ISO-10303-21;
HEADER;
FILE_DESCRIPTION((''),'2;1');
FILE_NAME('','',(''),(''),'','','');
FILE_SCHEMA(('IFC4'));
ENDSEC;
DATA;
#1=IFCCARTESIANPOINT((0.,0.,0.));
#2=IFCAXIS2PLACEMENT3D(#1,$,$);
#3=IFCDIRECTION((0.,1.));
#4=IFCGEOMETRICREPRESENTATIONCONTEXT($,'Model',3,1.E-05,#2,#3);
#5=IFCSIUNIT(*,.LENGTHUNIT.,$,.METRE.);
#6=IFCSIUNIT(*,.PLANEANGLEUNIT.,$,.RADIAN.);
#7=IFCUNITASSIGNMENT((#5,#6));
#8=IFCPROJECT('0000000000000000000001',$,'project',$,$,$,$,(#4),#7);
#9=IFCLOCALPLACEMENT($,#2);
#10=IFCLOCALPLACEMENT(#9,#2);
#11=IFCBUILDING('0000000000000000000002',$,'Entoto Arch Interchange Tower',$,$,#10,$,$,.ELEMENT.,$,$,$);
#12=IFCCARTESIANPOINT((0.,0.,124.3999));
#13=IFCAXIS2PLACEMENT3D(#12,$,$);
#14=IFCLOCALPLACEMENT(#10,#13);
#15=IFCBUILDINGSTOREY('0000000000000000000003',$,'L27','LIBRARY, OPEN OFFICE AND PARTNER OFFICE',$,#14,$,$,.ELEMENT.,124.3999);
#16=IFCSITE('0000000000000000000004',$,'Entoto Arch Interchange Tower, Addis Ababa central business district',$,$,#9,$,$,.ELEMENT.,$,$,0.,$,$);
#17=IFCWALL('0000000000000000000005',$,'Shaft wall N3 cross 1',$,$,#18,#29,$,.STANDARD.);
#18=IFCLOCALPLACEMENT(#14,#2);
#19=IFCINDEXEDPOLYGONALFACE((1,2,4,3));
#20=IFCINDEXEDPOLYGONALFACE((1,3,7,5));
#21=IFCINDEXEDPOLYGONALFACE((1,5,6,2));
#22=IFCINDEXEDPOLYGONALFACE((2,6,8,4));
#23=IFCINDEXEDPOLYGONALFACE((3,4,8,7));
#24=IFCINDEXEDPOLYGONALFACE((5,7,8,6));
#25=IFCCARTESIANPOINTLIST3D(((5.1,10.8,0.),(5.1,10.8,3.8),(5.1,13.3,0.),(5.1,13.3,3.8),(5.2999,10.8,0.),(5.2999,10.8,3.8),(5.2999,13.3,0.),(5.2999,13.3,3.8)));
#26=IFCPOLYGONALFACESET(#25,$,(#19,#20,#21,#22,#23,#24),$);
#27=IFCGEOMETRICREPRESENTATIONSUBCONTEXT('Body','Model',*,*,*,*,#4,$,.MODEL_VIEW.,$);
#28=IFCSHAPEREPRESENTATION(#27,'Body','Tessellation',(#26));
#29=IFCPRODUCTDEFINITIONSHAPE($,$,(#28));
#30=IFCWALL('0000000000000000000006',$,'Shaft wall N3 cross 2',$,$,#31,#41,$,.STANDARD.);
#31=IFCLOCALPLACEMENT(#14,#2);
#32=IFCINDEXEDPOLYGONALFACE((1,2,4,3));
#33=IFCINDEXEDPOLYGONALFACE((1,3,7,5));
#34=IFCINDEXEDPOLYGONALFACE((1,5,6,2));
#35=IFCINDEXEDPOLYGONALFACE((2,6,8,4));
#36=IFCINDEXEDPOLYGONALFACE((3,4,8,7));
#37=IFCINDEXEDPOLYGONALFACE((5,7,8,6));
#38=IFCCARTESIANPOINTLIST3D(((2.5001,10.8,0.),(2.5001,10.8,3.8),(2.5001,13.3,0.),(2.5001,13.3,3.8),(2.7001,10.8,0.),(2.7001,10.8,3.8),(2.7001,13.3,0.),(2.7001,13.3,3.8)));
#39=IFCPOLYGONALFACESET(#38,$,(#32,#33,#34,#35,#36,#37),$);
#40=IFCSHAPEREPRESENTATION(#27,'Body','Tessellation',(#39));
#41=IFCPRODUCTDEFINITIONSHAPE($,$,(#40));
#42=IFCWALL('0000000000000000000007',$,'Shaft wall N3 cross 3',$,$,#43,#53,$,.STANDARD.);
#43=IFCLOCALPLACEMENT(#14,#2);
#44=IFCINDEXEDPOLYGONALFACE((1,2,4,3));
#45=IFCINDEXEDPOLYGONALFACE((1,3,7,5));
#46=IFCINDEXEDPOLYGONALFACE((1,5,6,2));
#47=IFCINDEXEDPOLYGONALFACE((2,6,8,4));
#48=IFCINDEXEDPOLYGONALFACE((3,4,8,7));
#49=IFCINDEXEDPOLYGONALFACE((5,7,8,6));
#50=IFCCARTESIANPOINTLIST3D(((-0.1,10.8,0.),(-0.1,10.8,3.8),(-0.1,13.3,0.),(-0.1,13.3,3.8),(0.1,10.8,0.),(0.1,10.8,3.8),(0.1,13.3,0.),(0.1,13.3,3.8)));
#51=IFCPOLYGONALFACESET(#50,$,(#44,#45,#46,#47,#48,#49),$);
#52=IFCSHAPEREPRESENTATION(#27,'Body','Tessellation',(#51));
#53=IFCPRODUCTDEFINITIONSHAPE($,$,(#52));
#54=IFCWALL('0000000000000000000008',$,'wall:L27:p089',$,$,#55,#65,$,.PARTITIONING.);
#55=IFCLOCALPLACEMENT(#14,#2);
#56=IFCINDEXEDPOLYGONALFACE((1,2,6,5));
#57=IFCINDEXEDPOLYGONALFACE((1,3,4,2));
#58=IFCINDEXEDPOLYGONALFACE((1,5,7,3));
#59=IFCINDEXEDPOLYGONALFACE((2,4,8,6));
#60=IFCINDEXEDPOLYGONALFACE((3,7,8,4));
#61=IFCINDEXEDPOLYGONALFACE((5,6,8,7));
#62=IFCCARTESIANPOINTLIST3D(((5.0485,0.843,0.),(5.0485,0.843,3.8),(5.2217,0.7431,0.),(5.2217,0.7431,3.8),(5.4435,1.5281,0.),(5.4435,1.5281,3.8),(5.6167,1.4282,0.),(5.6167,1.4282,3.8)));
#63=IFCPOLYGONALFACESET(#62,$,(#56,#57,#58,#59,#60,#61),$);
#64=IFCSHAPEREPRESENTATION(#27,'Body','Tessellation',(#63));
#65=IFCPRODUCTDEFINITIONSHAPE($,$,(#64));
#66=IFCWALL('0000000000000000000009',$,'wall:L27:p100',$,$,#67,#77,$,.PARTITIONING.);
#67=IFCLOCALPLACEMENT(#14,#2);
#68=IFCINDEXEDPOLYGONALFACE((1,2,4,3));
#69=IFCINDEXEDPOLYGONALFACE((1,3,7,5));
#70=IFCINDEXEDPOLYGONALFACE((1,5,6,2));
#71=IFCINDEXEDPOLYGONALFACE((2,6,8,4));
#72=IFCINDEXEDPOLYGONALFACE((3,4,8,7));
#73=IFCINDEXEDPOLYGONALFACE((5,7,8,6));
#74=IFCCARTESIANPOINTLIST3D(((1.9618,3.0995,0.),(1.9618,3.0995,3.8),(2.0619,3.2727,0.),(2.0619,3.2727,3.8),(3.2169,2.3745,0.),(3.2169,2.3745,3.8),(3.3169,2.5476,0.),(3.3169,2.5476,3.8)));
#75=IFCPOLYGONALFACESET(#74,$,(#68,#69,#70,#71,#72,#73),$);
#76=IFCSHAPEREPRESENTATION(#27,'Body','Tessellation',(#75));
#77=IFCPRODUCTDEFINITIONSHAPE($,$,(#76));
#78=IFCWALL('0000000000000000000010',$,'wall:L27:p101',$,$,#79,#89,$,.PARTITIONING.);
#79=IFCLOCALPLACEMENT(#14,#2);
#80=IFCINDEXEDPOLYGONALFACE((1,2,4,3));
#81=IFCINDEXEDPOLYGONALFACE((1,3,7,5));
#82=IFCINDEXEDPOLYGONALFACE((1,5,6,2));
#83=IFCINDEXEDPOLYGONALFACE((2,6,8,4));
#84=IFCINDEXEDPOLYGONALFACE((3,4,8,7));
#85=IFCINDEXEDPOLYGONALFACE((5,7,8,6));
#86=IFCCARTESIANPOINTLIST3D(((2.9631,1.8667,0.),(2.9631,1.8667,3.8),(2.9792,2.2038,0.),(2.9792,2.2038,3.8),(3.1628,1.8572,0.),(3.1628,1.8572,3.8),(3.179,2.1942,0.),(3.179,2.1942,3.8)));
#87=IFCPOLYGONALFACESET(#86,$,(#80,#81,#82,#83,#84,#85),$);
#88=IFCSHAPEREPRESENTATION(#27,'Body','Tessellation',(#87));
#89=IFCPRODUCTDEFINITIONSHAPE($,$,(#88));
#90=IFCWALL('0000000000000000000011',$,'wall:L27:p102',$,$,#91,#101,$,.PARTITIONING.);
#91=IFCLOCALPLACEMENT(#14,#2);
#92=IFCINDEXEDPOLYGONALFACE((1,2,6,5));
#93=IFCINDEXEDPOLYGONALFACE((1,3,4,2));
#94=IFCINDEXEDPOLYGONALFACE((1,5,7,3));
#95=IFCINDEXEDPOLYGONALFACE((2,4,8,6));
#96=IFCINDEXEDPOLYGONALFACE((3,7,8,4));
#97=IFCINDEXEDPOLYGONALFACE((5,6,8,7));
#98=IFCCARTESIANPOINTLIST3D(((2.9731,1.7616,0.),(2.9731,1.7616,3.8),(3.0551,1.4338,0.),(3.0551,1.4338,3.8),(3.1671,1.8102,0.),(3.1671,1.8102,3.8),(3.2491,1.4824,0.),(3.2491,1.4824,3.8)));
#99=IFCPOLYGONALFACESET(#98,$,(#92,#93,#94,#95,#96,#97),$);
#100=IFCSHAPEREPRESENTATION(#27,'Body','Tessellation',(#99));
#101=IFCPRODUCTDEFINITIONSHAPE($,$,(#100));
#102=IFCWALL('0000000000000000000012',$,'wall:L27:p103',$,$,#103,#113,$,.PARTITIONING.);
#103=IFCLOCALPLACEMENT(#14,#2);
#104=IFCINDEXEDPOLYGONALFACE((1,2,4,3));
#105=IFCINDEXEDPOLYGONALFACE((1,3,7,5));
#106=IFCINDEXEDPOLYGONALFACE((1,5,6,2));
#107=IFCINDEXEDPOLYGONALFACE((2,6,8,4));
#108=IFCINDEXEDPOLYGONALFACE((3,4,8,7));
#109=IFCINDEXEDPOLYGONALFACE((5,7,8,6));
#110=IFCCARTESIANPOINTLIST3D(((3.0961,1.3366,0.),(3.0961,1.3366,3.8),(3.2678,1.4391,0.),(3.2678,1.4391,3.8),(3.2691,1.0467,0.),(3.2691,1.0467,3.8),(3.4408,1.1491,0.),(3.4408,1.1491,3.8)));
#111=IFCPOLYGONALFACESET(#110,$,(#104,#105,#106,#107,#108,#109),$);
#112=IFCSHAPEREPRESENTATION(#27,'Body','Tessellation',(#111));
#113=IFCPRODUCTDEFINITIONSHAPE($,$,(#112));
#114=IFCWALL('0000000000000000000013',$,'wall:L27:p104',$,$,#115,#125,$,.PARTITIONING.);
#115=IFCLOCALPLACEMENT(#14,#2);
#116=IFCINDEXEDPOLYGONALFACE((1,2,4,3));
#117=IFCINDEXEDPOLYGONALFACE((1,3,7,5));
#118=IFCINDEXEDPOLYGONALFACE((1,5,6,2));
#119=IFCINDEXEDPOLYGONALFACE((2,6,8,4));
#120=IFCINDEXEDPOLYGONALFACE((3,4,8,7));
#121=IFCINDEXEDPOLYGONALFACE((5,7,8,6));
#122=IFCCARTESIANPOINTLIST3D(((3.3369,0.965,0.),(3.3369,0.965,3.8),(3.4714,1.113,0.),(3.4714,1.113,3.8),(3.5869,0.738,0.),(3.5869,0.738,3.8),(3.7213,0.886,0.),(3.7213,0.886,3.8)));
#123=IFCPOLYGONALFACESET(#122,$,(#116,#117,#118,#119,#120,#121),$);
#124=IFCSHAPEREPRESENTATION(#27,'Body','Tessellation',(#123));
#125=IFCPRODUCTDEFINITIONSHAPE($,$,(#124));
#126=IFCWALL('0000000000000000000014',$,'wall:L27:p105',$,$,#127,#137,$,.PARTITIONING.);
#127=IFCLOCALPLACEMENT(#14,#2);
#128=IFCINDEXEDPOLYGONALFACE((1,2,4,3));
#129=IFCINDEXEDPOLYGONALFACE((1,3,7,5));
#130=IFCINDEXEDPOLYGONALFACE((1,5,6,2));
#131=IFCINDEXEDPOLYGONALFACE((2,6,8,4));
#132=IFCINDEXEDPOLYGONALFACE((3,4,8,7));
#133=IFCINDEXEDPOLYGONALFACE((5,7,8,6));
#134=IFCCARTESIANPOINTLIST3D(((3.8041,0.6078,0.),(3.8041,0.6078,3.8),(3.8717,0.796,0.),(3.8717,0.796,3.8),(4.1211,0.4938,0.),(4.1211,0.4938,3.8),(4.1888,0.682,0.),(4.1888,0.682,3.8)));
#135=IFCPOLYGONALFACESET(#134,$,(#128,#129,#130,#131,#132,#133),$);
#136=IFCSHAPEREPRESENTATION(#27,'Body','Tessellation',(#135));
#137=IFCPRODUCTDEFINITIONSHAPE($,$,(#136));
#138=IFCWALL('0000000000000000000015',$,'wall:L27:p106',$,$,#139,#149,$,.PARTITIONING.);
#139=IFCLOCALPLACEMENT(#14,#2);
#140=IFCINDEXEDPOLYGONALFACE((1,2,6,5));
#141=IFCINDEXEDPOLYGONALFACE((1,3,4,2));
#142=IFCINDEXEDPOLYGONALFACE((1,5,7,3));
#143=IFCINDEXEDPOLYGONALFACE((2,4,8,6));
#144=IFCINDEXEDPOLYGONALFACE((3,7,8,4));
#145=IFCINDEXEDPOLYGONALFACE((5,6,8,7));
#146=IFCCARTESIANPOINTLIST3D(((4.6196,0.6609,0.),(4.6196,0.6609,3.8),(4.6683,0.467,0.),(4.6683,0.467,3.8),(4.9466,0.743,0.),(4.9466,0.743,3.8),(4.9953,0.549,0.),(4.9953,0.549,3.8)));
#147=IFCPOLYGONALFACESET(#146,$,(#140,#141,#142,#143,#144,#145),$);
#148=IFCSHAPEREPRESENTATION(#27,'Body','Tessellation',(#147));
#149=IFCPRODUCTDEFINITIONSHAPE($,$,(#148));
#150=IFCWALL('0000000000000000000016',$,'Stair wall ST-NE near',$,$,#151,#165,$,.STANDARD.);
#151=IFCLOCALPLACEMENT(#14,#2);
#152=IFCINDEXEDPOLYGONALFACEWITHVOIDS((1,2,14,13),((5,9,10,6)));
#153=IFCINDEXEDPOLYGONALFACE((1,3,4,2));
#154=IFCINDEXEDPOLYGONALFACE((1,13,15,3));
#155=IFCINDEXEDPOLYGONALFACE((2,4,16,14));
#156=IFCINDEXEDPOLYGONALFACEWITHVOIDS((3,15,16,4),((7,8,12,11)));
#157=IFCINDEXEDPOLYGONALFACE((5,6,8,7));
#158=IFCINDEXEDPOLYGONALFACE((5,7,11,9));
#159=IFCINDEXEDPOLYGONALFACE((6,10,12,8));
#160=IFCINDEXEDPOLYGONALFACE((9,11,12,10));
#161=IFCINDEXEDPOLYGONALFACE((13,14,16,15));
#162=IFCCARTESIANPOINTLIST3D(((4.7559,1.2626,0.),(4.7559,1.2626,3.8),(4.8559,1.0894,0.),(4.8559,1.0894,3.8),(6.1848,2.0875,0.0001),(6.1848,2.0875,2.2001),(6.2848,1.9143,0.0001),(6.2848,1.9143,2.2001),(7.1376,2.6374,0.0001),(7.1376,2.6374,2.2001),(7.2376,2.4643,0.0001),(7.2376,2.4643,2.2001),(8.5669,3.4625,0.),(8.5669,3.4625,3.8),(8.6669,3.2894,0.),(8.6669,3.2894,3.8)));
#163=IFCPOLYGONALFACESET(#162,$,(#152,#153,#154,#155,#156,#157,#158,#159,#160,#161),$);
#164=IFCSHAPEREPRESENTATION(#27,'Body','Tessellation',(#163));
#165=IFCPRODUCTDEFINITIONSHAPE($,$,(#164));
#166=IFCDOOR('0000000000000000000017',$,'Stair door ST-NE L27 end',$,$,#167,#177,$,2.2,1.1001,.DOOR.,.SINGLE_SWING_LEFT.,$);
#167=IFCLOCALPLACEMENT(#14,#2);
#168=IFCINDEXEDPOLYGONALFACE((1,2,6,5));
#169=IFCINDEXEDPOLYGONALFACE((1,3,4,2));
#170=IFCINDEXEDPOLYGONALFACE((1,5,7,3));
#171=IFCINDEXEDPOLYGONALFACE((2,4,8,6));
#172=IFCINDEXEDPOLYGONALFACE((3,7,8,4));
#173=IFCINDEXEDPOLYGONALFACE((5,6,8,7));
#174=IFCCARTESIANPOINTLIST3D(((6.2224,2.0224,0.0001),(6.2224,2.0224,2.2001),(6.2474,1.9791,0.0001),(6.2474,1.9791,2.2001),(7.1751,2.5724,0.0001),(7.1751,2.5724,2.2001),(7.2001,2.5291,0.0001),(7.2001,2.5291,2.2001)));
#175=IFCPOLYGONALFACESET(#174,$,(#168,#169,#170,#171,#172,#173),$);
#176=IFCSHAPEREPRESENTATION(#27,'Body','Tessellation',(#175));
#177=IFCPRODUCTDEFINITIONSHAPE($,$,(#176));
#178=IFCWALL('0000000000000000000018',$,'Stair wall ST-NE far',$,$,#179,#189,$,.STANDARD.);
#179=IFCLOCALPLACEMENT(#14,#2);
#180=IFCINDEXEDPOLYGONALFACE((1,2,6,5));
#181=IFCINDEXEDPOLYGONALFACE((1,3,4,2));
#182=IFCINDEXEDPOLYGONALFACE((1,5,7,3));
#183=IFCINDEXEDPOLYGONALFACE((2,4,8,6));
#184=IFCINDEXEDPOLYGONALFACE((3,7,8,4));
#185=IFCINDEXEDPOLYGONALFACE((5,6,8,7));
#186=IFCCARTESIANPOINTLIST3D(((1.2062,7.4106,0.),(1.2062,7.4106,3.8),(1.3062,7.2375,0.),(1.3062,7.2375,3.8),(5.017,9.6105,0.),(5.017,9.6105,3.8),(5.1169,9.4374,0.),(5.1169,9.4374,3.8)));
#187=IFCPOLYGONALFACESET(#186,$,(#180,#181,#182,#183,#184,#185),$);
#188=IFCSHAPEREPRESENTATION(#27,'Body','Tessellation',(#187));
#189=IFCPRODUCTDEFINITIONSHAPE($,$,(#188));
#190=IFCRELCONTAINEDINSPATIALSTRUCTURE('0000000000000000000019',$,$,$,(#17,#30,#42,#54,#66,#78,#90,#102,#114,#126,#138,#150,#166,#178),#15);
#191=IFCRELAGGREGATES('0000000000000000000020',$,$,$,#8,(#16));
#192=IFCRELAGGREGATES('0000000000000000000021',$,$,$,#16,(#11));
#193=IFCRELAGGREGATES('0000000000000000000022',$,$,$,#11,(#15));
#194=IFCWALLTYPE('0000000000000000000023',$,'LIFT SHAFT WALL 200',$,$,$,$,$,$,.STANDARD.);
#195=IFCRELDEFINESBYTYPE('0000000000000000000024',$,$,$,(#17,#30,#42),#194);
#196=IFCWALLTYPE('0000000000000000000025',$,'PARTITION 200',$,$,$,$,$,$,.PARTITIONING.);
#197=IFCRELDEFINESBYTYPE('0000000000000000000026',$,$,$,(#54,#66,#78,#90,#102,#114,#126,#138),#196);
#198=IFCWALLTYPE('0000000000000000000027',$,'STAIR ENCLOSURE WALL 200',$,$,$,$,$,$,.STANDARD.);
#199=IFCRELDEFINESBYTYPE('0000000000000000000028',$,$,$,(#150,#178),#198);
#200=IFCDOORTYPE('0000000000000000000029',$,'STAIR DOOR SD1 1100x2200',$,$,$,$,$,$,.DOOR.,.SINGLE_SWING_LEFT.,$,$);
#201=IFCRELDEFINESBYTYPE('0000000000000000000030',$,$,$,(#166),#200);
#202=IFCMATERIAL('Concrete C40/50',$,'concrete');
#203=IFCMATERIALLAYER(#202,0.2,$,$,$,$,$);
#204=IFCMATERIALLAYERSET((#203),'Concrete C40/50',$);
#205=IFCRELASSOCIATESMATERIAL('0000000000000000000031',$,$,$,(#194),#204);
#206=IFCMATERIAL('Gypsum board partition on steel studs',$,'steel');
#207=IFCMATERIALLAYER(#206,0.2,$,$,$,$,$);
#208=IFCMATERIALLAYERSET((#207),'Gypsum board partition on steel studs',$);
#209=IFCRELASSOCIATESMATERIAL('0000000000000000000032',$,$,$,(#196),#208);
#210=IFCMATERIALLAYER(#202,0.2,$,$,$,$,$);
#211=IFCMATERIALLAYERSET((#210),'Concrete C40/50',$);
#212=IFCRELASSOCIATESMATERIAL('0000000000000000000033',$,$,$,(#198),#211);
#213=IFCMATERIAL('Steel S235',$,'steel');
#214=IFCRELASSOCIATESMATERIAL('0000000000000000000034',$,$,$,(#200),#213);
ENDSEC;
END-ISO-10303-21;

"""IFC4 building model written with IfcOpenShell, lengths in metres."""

from ifc_helpers import new_model, si_unit, direction, frame, frame_2d, origin, place, context, subcontext, project, spatial, rectangle, extrude, material, layer, layer_set, type_object, element, fill, save


model = new_model("IFC4")

# Units and contexts
model_context = context("Model", 3, precision=1e-05, world=origin(), true_north=direction((0.0, 1.0)))
body_context = subcontext(model_context, "Body", "Model", "MODEL_VIEW")
ifc_project = project(units=[si_unit("LENGTHUNIT", "METRE"), si_unit("PLANEANGLEUNIT", "RADIAN")], contexts=[model_context])

# Site, building, storey
site_placement = place(None, origin())
site = spatial("IfcSite", under=ifc_project, at=site_placement, Name="Entoto Arch Interchange Tower, Addis Ababa central business district", CompositionType="ELEMENT", RefElevation=0.0)
building_placement = place(site_placement, origin())
building = spatial("IfcBuilding", under=site, at=building_placement, Name="Entoto Arch Interchange Tower", CompositionType="ELEMENT")
storey_placement = place(building_placement, frame((0.0, 0.0, 124.3999)))
storey = spatial("IfcBuildingStorey", under=building, at=storey_placement, Name="L27", Description="LIBRARY, OPEN OFFICE AND PARTNER OFFICE", CompositionType="ELEMENT", Elevation=124.3999)

# Shared definitions
ifc_material_1 = material(Name="Concrete C40/50", Category="concrete")

# Walls
ifc_layer_1 = layer(ifc_material_1, 0.2)
ifc_layer_set_1 = layer_set([ifc_layer_1], Name="Concrete C40/50")
wall_type_1 = type_object("IfcWallType", Name="LIFT SHAFT WALL 200", PredefinedType="STANDARD", material=ifc_layer_set_1)
for number, where, z_axis, x_axis, name in (
    (1, (5.2, 10.8, 0.0), (0.0, 0.0, 1.0), (0.0, 1.0, 0.0), "Shaft wall N3 cross 1"),
    (2, (2.6001, 10.8, 0.0), (0.0, 0.0, 1.0), (0.0, 1.0, 0.0), "Shaft wall N3 cross 2"),
    (3, (0.0, 10.8, 0.0), (0.0, 0.0, 1.0), (0.0, 1.0, 0.0), "Shaft wall N3 cross 3"),
):
    element("IfcWall", number, at=place(storey_placement, frame(where, z_axis=z_axis, x_axis=x_axis)), inside=storey, type_object=wall_type_1, Name=name, PredefinedType="STANDARD", context=body_context, shape_type="SweptSolid", body=[
        extrude(rectangle(XDim=2.5, YDim=0.2, at=frame_2d((1.25, 0.0))), origin(), (0.0, 0.0, 1.0), 3.8),
    ])
ifc_material_2 = material(Name="Gypsum board partition on steel studs", Category="steel")
ifc_layer_2 = layer(ifc_material_2, 0.2)
ifc_layer_set_2 = layer_set([ifc_layer_2], Name="Gypsum board partition on steel studs")
wall_type_2 = type_object("IfcWallType", Name="PARTITION 200", PredefinedType="PARTITIONING", material=ifc_layer_set_2)
wall_1_placement = place(storey_placement, frame((5.135, 0.793, 0.0), z_axis=(0.0, 0.0, 1.0), x_axis=(0.499526, 0.866299, 0.0)))
element("IfcWall", 4, at=wall_1_placement, inside=storey, type_object=wall_type_2, Name="wall:L27:p089", PredefinedType="PARTITIONING", context=body_context, shape_type="SweptSolid", body=[
    extrude(rectangle(XDim=0.7908, YDim=0.2, at=frame_2d((0.3955, 0.0))), origin(), (0.0, 0.0, 1.0), 3.8),
])
wall_2_placement = place(storey_placement, frame((2.012, 3.186, 0.0), z_axis=(0.0, 0.0, 1.0), x_axis=(0.865891, -0.500233, 0.0)))
element("IfcWall", 5, at=wall_2_placement, inside=storey, type_object=wall_type_2, Name="wall:L27:p100", PredefinedType="PARTITIONING", context=body_context, shape_type="SweptSolid", body=[
    extrude(rectangle(XDim=1.4495, YDim=0.2, at=frame_2d((0.7246, 0.0))), origin(), (0.0, 0.0, 1.0), 3.8),
])
wall_3_placement = place(storey_placement, frame((3.0791, 2.199, 0.0), z_axis=(0.0, 0.0, 1.0), x_axis=(-0.047771, -0.998858, 0.0)))
element("IfcWall", 6, at=wall_3_placement, inside=storey, type_object=wall_type_2, Name="wall:L27:p101", PredefinedType="PARTITIONING", context=body_context, shape_type="SweptSolid", body=[
    extrude(rectangle(XDim=0.3374, YDim=0.2, at=frame_2d((0.1687, 0.0))), origin(), (0.0, 0.0, 1.0), 3.8),
])
wall_4_placement = place(storey_placement, frame((3.0701, 1.7859, 0.0), z_axis=(0.0, 0.0, 1.0), x_axis=(0.242706, -0.9701, 0.0)))
element("IfcWall", 7, at=wall_4_placement, inside=storey, type_object=wall_type_2, Name="wall:L27:p102", PredefinedType="PARTITIONING", context=body_context, shape_type="SweptSolid", body=[
    extrude(rectangle(XDim=0.3379, YDim=0.2, at=frame_2d((0.1689, 0.0))), origin(), (0.0, 0.0, 1.0), 3.8),
])
for number, where, z_axis, x_axis, name in (
    (8, (3.1819, 1.3879, 0.0), (0.0, 0.0, 1.0), (0.512475, -0.858702, 0.0), "wall:L27:p103"),
    (9, (3.4041, 1.0391, 0.0), (0.0, 0.0, 1.0), (0.740267, -0.672313, 0.0), "wall:L27:p104"),
):
    element("IfcWall", number, at=place(storey_placement, frame(where, z_axis=z_axis, x_axis=x_axis)), inside=storey, type_object=wall_type_2, Name=name, PredefinedType="PARTITIONING", context=body_context, shape_type="SweptSolid", body=[
        extrude(rectangle(XDim=0.3376, YDim=0.2, at=frame_2d((0.1689, 0.0))), origin(), (0.0, 0.0, 1.0), 3.8),
    ])
wall_5_placement = place(storey_placement, frame((3.8379, 0.7019, 0.0), z_axis=(0.0, 0.0, 1.0), x_axis=(0.941035, -0.338309, 0.0)))
element("IfcWall", 10, at=wall_5_placement, inside=storey, type_object=wall_type_2, Name="wall:L27:p105", PredefinedType="PARTITIONING", context=body_context, shape_type="SweptSolid", body=[
    extrude(rectangle(XDim=0.3369, YDim=0.2, at=frame_2d((0.1685, 0.0))), origin(), (0.0, 0.0, 1.0), 3.8),
])
wall_6_placement = place(storey_placement, frame((4.644, 0.564, 0.0), z_axis=(0.0, 0.0, 1.0), x_axis=(0.969929, 0.243388, 0.0)))
element("IfcWall", 11, at=wall_6_placement, inside=storey, type_object=wall_type_2, Name="wall:L27:p106", PredefinedType="PARTITIONING", context=body_context, shape_type="SweptSolid", body=[
    extrude(rectangle(XDim=0.3372, YDim=0.2, at=frame_2d((0.1685, 0.0))), origin(), (0.0, 0.0, 1.0), 3.8),
])

# Wall, opening, door
ifc_layer_3 = layer(ifc_material_1, 0.2)
ifc_layer_set_3 = layer_set([ifc_layer_3], Name="Concrete C40/50")
wall_type_3 = type_object("IfcWallType", Name="STAIR ENCLOSURE WALL 200", PredefinedType="STANDARD", material=ifc_layer_set_3)
wall_7_placement = place(storey_placement, frame((4.8059, 1.176, 0.0), z_axis=(0.0, 0.0, 1.0), x_axis=(0.86606, 0.49994, 0.0)))
wall_7 = element("IfcWall", 12, at=wall_7_placement, inside=storey, type_object=wall_type_3, Name="Stair wall ST-NE near", PredefinedType="STANDARD", context=body_context, shape_type="SweptSolid", body=[
    extrude(rectangle(XDim=4.4004, YDim=0.2, at=frame_2d((2.2002, 0.0))), origin(), (0.0, 0.0, 1.0), 3.8),
])
opening_1_placement = place(wall_7_placement, frame((1.6499, 0.0, 0.0)))
opening_1 = element("IfcOpeningElement", 13, at=opening_1_placement, cuts=wall_7, PredefinedType="OPENING", context=body_context, shape_type="SweptSolid", body=[
    extrude(rectangle(XDim=1.1001, YDim=2.2, at=frame_2d((0.55, 1.1001))), frame((0.0, 0.1099, 0.0), z_axis=(0.0, -1.0, 0.0), x_axis=(1.0, 0.0, 0.0)), (0.0, 0.0, 1.0), 0.22),
])
ifc_material_3 = material(Name="Steel S235", Category="steel")
door_type = type_object("IfcDoorType", Name="STAIR DOOR SD1 1100x2200", OperationType="SINGLE_SWING_LEFT", PredefinedType="DOOR", material=ifc_material_3)
door_1_placement = place(opening_1_placement, origin())
door_1 = element("IfcDoor", 14, at=door_1_placement, inside=storey, type_object=door_type, Name="Stair door ST-NE L27 end", OperationType="SINGLE_SWING_LEFT", OverallHeight=2.2, OverallWidth=1.1001, PredefinedType="DOOR", context=body_context, shape_type="SweptSolid", body=[
    extrude(rectangle(XDim=1.1001, YDim=2.2, at=frame_2d((0.55, 1.1001))), frame((0.0, 0.0249, 0.0), z_axis=(0.0, -1.0, 0.0), x_axis=(1.0, 0.0, 0.0)), (0.0, 0.0, 1.0), 0.05),
])
fill(opening_1, door_1)

# Wall
wall_8_placement = place(storey_placement, frame((1.2561, 7.324, 0.0), z_axis=(0.0, 0.0, 1.0), x_axis=(0.866046, 0.499964, 0.0)))
element("IfcWall", 15, at=wall_8_placement, inside=storey, type_object=wall_type_3, Name="Stair wall ST-NE far", PredefinedType="STANDARD", context=body_context, shape_type="SweptSolid", body=[
    extrude(rectangle(XDim=4.4001, YDim=0.2, at=frame_2d((2.2002, 0.0))), origin(), (0.0, 0.0, 1.0), 3.8),
])

save(model, "model.ifc")
